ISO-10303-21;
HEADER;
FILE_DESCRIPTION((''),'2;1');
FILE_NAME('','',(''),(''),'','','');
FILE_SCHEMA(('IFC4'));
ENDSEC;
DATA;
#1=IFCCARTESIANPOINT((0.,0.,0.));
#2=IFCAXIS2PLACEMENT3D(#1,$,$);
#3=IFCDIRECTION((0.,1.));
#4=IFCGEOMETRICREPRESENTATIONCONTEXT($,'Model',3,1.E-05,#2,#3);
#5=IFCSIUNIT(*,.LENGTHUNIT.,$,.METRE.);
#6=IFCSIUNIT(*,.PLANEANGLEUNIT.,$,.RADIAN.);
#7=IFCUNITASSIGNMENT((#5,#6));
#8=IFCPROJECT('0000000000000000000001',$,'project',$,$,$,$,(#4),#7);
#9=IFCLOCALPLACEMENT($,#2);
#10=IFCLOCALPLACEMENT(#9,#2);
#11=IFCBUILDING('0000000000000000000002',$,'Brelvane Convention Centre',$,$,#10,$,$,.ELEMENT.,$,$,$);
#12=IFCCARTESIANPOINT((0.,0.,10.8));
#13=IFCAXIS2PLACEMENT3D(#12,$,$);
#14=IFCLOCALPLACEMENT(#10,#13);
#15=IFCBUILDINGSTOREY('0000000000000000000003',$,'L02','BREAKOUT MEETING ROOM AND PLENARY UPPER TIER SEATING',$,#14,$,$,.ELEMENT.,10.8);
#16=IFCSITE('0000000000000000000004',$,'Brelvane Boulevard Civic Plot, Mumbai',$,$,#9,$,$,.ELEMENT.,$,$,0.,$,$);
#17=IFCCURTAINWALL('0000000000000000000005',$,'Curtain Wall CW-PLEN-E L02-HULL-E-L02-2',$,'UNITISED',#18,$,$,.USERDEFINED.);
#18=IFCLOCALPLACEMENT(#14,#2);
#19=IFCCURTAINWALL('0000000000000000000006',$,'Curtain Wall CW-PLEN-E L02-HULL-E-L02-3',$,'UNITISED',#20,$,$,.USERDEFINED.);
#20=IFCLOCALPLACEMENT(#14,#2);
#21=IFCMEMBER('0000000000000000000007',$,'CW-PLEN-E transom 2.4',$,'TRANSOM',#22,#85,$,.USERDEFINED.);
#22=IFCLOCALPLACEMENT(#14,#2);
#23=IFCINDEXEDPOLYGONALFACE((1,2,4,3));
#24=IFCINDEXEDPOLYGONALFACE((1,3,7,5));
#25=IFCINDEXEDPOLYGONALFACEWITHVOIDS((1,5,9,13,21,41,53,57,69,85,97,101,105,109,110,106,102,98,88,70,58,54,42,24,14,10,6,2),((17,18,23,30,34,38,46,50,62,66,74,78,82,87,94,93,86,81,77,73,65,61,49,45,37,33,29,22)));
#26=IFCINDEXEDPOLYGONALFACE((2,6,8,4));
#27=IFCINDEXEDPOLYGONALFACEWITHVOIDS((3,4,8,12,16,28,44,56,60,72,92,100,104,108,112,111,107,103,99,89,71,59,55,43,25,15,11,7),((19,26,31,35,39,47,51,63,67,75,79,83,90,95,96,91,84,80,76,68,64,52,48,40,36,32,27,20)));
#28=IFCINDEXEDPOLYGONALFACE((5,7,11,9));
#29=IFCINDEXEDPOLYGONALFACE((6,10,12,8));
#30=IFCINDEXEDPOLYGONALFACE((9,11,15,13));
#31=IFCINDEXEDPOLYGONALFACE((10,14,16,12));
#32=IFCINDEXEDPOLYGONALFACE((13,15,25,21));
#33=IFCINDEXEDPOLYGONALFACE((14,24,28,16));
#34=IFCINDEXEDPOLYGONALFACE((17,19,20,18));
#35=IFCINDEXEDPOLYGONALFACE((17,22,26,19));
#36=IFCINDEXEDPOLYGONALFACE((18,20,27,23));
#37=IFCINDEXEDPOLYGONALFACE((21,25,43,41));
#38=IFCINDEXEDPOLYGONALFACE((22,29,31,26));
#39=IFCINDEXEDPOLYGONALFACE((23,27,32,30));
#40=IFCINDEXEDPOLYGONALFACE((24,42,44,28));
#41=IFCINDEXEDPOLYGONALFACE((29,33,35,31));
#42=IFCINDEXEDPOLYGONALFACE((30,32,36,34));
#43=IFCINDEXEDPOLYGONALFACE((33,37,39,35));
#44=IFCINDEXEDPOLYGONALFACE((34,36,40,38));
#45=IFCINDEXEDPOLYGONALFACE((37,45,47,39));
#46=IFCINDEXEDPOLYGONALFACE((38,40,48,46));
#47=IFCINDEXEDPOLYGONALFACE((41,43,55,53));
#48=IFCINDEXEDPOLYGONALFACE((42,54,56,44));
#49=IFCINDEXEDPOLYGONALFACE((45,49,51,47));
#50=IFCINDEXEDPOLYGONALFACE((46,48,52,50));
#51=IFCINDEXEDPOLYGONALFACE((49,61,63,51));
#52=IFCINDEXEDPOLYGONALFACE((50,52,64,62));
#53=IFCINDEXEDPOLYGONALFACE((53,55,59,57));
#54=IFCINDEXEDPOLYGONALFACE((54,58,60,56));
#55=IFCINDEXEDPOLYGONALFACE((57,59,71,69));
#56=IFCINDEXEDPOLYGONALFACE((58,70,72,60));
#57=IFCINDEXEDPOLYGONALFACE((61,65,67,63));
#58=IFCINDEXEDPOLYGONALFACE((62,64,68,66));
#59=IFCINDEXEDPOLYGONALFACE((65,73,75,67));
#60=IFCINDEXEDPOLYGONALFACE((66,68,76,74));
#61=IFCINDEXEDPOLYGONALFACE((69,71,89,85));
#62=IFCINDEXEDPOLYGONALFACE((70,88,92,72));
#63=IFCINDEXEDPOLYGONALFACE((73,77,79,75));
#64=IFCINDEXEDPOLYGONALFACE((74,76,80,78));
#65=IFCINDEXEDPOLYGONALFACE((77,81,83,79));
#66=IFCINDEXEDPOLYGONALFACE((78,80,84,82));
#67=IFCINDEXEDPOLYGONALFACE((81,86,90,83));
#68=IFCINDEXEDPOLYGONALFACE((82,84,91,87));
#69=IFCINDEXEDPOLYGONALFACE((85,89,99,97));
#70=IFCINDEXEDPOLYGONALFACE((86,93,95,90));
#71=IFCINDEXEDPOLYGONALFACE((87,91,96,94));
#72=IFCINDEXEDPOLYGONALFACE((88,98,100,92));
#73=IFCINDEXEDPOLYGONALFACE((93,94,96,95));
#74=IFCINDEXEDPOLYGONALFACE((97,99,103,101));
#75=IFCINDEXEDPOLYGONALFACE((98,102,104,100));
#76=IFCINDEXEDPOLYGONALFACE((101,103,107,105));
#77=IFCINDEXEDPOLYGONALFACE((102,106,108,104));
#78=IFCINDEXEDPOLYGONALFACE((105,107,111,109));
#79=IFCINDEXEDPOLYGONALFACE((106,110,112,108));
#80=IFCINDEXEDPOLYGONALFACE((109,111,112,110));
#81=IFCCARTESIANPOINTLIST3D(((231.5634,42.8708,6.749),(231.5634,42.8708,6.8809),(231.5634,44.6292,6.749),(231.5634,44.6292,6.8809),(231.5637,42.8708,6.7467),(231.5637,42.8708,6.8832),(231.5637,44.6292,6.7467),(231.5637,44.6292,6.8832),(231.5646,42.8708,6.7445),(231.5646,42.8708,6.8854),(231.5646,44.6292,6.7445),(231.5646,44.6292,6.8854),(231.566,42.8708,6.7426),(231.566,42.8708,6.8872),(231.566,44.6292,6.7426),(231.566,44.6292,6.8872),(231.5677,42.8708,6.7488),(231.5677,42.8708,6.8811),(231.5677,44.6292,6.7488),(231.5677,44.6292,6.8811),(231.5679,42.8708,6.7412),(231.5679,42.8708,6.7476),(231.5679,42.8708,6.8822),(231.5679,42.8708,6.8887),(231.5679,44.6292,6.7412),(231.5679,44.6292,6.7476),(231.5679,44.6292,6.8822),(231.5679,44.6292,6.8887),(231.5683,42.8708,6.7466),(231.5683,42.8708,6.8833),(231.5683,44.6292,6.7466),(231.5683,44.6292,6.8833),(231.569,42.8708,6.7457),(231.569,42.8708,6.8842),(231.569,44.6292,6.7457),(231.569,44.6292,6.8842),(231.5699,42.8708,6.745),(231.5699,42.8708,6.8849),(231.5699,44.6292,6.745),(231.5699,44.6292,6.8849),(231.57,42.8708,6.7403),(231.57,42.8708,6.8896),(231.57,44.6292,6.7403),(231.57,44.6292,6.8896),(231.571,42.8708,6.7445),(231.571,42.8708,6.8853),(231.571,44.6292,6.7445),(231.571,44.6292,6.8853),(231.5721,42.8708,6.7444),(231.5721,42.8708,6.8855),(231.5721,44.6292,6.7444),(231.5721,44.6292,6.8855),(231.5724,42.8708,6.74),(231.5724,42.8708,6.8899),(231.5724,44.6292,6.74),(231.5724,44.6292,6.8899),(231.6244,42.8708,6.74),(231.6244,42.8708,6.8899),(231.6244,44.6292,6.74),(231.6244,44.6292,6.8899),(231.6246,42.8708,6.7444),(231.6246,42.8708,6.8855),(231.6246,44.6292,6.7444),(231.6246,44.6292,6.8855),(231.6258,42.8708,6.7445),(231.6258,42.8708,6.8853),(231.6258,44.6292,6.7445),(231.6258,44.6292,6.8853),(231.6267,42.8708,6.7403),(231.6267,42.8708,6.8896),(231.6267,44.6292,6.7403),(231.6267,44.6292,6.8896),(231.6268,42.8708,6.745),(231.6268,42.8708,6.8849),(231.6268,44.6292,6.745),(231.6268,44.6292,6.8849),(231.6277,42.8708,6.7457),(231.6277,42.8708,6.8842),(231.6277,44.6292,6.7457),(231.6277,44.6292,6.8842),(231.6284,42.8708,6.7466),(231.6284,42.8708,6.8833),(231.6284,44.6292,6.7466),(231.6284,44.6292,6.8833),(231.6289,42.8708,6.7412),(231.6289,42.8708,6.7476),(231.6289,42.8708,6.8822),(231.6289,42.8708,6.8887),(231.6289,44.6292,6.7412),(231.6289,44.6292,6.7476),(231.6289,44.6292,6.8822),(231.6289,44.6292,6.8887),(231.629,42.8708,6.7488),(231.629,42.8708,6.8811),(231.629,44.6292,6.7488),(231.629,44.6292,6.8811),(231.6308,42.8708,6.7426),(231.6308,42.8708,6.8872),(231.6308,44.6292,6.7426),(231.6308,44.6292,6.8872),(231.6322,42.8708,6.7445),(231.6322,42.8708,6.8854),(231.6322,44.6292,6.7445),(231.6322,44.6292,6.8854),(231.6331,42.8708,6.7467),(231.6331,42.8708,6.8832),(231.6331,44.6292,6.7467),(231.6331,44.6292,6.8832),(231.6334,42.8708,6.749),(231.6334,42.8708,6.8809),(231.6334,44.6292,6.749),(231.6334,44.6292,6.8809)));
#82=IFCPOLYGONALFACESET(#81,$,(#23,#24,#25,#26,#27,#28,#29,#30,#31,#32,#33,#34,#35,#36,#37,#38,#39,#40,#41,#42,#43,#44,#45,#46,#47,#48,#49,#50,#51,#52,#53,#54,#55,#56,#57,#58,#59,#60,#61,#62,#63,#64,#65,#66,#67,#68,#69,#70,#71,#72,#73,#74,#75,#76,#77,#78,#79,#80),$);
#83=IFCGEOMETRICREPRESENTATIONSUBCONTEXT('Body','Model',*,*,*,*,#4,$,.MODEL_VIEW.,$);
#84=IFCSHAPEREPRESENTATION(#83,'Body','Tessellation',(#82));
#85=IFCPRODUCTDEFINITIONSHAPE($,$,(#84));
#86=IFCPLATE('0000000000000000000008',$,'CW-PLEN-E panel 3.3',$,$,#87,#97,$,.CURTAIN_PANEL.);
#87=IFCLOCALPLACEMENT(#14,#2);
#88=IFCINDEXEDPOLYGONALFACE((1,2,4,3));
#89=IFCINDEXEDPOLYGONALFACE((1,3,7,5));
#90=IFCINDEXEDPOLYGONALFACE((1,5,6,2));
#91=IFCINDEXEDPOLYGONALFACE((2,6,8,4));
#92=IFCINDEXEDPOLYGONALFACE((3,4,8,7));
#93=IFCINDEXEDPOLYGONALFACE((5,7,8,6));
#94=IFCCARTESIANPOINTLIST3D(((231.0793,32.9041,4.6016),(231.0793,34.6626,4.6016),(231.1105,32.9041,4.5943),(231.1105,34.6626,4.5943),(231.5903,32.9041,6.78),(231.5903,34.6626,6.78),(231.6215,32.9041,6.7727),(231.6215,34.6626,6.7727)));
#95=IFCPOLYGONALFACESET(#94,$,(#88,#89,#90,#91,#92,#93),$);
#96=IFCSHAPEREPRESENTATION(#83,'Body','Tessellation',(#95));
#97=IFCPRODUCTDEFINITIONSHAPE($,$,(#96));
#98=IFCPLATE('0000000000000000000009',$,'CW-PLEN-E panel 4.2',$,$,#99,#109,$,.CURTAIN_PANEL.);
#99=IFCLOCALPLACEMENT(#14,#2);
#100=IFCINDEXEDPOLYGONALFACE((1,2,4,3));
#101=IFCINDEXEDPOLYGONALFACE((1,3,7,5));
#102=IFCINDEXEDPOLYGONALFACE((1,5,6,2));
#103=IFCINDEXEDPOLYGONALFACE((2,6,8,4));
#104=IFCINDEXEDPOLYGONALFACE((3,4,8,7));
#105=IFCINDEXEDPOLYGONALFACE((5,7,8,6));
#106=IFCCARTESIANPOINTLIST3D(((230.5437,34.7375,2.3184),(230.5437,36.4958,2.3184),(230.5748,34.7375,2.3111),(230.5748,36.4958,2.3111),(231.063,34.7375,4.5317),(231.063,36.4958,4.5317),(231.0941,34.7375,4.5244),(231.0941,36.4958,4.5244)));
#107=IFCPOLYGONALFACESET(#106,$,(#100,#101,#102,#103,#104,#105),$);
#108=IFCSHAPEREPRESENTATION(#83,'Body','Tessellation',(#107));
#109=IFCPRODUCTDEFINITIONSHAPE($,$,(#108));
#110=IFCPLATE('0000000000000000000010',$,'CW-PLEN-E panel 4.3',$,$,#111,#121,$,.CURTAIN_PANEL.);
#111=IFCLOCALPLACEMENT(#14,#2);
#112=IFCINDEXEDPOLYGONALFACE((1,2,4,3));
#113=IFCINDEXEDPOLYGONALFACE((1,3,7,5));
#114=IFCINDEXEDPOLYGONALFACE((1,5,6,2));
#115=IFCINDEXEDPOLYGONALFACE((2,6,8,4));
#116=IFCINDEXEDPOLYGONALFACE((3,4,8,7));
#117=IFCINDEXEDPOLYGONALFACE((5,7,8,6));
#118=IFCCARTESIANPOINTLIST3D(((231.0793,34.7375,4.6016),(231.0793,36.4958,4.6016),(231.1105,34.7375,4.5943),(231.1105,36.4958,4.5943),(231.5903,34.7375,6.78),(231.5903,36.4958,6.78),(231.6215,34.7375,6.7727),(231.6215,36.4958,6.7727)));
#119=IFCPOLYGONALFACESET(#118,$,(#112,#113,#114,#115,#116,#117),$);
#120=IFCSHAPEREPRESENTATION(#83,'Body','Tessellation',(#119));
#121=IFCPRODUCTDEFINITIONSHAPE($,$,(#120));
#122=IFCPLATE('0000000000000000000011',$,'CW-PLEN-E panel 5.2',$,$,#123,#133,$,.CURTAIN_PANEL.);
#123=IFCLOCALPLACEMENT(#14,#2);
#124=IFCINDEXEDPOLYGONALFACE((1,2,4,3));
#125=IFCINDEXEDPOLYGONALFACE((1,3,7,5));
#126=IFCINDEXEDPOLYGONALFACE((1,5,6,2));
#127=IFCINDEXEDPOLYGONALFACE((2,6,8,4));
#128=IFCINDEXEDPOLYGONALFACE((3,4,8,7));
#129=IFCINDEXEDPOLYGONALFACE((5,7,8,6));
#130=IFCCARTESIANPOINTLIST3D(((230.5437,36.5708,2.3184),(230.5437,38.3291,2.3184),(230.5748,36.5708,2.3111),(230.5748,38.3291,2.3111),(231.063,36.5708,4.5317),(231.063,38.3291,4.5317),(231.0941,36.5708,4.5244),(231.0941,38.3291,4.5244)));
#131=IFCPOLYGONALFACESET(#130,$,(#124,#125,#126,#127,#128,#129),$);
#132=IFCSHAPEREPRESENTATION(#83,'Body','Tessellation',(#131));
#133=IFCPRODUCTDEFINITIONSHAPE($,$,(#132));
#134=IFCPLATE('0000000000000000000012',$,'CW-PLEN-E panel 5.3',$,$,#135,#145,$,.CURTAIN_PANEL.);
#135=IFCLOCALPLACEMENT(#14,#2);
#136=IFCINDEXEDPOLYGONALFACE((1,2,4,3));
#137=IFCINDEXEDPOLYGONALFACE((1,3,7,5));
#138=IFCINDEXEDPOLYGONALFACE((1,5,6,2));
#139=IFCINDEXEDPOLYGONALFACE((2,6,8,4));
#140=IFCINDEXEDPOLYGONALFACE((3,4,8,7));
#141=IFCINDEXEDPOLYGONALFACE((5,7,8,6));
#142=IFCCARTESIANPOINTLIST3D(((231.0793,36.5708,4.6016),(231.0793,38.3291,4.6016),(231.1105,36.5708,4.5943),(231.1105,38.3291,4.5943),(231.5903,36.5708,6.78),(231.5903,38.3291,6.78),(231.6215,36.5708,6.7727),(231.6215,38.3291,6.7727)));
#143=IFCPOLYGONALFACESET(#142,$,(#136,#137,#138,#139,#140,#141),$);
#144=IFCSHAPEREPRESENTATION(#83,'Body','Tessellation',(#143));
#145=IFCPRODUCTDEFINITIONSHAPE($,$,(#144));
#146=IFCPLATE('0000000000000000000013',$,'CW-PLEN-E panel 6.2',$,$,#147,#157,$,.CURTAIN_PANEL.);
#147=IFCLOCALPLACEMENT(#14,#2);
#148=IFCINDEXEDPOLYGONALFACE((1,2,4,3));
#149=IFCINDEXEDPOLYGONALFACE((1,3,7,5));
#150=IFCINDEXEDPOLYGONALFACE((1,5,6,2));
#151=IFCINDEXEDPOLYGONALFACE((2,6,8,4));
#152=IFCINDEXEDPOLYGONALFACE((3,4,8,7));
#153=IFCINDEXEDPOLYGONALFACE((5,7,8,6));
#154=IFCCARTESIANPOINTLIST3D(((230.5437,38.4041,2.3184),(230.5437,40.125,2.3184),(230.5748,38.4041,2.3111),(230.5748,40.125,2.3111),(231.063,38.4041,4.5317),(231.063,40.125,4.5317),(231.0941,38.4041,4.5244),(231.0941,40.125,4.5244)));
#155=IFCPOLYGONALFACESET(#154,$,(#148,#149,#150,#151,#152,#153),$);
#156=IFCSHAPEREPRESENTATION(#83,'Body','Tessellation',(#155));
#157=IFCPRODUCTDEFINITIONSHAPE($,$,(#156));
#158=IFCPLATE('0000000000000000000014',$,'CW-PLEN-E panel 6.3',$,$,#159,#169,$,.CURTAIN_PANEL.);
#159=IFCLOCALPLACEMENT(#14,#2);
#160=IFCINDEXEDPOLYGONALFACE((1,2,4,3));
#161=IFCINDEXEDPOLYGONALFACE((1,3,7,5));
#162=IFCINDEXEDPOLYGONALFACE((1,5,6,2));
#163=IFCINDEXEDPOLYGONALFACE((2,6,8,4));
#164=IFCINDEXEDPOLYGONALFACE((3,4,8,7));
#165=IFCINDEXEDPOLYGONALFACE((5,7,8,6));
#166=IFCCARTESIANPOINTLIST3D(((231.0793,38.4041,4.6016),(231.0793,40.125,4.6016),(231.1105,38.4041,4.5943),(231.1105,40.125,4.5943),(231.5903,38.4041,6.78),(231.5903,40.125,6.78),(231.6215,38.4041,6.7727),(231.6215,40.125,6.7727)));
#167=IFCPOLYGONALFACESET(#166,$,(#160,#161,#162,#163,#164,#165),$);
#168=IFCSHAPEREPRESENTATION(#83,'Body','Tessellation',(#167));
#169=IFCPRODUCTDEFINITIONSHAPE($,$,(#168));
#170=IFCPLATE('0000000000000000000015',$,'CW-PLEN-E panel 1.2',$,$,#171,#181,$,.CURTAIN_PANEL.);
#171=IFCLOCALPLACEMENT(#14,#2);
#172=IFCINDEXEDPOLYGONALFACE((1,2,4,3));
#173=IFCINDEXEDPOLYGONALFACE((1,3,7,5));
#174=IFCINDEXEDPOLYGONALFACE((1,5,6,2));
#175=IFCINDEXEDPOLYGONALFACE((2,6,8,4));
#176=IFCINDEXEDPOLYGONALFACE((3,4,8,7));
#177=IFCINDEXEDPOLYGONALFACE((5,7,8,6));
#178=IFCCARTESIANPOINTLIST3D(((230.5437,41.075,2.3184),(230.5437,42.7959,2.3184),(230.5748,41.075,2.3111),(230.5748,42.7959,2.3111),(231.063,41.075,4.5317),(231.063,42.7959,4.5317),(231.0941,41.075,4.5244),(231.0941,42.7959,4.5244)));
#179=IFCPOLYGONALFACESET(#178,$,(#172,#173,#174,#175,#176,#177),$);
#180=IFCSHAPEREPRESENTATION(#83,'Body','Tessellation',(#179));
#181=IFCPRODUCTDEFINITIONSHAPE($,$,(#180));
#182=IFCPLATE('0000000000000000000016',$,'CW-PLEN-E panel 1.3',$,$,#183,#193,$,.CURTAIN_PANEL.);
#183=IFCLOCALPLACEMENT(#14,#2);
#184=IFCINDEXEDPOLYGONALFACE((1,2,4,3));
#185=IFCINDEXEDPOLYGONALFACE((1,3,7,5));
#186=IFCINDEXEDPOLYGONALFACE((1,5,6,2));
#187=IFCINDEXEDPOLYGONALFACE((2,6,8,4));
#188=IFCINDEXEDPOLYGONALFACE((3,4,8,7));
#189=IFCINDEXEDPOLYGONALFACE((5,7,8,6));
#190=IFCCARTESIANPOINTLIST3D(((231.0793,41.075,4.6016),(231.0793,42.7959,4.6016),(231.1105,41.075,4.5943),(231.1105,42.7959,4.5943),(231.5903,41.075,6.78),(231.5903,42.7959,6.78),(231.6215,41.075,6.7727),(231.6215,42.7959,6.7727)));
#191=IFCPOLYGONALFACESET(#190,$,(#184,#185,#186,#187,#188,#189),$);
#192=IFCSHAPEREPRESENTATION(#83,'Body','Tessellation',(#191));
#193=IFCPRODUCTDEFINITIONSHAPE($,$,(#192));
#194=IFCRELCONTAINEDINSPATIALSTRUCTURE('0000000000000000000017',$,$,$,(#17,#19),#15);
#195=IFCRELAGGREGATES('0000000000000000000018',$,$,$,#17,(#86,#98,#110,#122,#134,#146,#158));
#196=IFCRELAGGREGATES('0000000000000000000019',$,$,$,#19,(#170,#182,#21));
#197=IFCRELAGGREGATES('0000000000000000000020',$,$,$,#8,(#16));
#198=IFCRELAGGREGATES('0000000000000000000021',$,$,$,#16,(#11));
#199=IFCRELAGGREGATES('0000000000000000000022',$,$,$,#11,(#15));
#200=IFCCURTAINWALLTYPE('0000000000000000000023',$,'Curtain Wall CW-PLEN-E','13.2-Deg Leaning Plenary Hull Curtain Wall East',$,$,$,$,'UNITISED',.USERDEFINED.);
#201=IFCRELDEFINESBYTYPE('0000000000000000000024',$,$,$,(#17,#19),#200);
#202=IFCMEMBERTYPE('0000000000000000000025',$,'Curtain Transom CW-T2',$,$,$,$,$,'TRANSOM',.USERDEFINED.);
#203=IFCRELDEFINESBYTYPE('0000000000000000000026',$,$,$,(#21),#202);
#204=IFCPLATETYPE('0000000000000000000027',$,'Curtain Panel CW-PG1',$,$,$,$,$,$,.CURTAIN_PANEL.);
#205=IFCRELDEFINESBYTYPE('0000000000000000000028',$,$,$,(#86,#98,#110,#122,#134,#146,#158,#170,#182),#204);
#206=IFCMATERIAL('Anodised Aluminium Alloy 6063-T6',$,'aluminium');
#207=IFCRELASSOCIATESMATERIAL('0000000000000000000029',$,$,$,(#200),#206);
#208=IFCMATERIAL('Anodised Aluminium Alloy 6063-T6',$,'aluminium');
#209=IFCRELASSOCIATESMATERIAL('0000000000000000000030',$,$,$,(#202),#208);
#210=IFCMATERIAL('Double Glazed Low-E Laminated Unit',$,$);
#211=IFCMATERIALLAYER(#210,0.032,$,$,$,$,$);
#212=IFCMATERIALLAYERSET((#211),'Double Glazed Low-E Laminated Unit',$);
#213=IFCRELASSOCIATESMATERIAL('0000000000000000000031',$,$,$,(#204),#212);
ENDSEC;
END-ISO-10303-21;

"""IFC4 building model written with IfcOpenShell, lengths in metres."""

from ifc_helpers import new_model, si_unit, direction, frame, origin, origin_2d, place, context, subcontext, project, spatial, polyline, hollow_rectangle, outline, extrude, material, layer, layer_set, material_profile, profile_set, type_object, element, aggregate, save


model = new_model("IFC4")

# Units and contexts
model_context = context("Model", 3, precision=1e-05, world=origin(), true_north=direction((0.0, 1.0)))
body_context = subcontext(model_context, "Body", "Model", "MODEL_VIEW")
ifc_project = project(units=[si_unit("LENGTHUNIT", "METRE"), si_unit("PLANEANGLEUNIT", "RADIAN")], contexts=[model_context])

# Site, building, storey
site_placement = place(None, origin())
site = spatial("IfcSite", under=ifc_project, at=site_placement, Name="Brelvane Boulevard Civic Plot, Mumbai", CompositionType="ELEMENT", RefElevation=0.0)
building_placement = place(site_placement, origin())
building = spatial("IfcBuilding", under=site, at=building_placement, Name="Brelvane Convention Centre", CompositionType="ELEMENT")
storey_placement = place(building_placement, frame((0.0, 0.0, 10.8)))
storey = spatial("IfcBuildingStorey", under=building, at=storey_placement, Name="L02", Description="BREAKOUT MEETING ROOM AND PLENARY UPPER TIER SEATING", CompositionType="ELEMENT", Elevation=10.8)

# Curtain walls, member
ifc_material_1 = material(Name="Anodised Aluminium Alloy 6063-T6", Category="aluminium")
curtain_wall_type = type_object("IfcCurtainWallType", Name="Curtain Wall CW-PLEN-E", Description="13.2-Deg Leaning Plenary Hull Curtain Wall East", ElementType="UNITISED", PredefinedType="USERDEFINED", material=ifc_material_1)
curtain_wall_1_placement = place(storey_placement, origin())
curtain_wall_1 = element("IfcCurtainWall", 1, at=curtain_wall_1_placement, inside=storey, type_object=curtain_wall_type, Name="Curtain Wall CW-PLEN-E L02-HULL-E-L02-2", ObjectType="UNITISED", PredefinedType="USERDEFINED")
ifc_material_2 = material(Name="Anodised Aluminium Alloy 6063-T6", Category="aluminium")
ifc_material_profile = material_profile(ifc_material_2, hollow_rectangle(XDim=0.0701, YDim=0.1499, WallThickness=0.0044, InnerFilletRadius=0.0044, OuterFilletRadius=0.009, at=origin_2d()), Name="ALU-T 150x70x4.5")
ifc_profile_set = profile_set([ifc_material_profile], Name="Anodised Aluminium Alloy 6063-T6")
member_type = type_object("IfcMemberType", Name="Curtain Transom CW-T2", ElementType="TRANSOM", PredefinedType="USERDEFINED", material=ifc_profile_set)
curtain_wall_2_placement = place(storey_placement, origin())
curtain_wall_2 = element("IfcCurtainWall", 2, at=curtain_wall_2_placement, inside=storey, type_object=curtain_wall_type, Name="Curtain Wall CW-PLEN-E L02-HULL-E-L02-3", ObjectType="UNITISED", PredefinedType="USERDEFINED")
member_1_placement = place(storey_placement, frame((231.5984, 42.8708, 6.8149), z_axis=(0.0, 1.0, 0.0), x_axis=(-1.0, 0.0, 0.0)))
member_1 = element("IfcMember", 3, at=member_1_placement, type_object=member_type, Name="CW-PLEN-E transom 2.4", ObjectType="TRANSOM", PredefinedType="USERDEFINED", context=body_context, shape_type="SweptSolid", body=[
    extrude(hollow_rectangle(XDim=0.0701, YDim=0.1499, WallThickness=0.0044, InnerFilletRadius=0.0044, OuterFilletRadius=0.009, at=origin_2d()), origin(), (0.0, 0.0, 1.0), 1.7583),
])

# Plates
ifc_material_3 = material(Name="Double Glazed Low-E Laminated Unit")
ifc_layer_1 = layer(ifc_material_3, 0.032)
ifc_layer_set_1 = layer_set([ifc_layer_1], Name="Double Glazed Low-E Laminated Unit")
plate_type_1 = type_object("IfcPlateType", Name="Curtain Panel CW-PG1", PredefinedType="CURTAIN_PANEL", material=ifc_layer_set_1)
plate_1_placement = place(storey_placement, frame((231.0793, 32.9041, 4.6016), z_axis=(-0.973576, 0.0, 0.228364), x_axis=(0.0, 1.0, 0.0)))
plate_1 = element("IfcPlate", 4, at=plate_1_placement, type_object=plate_type_1, Name="CW-PLEN-E panel 3.3", PredefinedType="CURTAIN_PANEL", context=body_context, shape_type="SweptSolid", body=[
    extrude(outline(polyline([(0.0, 0.0), (1.7585, 0.0), (1.7585, -2.2376), (0.0, -2.2376), (0.0, 0.0)])), origin(), (0.0, 0.0, -1.0), 0.032),
])
plate_2_placement = place(storey_placement, frame((230.5437, 34.7375, 2.3184), z_axis=(-0.973565, 0.0, 0.228411), x_axis=(0.0, 1.0, 0.0)))
plate_2 = element("IfcPlate", 5, at=plate_2_placement, type_object=plate_type_1, Name="CW-PLEN-E panel 4.2", PredefinedType="CURTAIN_PANEL", context=body_context, shape_type="SweptSolid", body=[
    extrude(outline(polyline([(0.0, 0.0), (1.7583, 0.0), (1.7583, -2.2735), (0.0, -2.2735), (0.0, 0.0)])), origin(), (0.0, 0.0, -1.0), 0.032),
])
plate_3_placement = place(storey_placement, frame((231.0793, 34.7375, 4.6016), z_axis=(-0.973576, 0.0, 0.228364), x_axis=(0.0, 1.0, 0.0)))
plate_3 = element("IfcPlate", 6, at=plate_3_placement, type_object=plate_type_1, Name="CW-PLEN-E panel 4.3", PredefinedType="CURTAIN_PANEL", context=body_context, shape_type="SweptSolid", body=[
    extrude(outline(polyline([(0.0, 0.0), (1.7583, 0.0), (1.7583, -2.2376), (0.0, -2.2376), (0.0, 0.0)])), origin(), (0.0, 0.0, -1.0), 0.032),
])
plate_4_placement = place(storey_placement, frame((230.5437, 36.5708, 2.3184), z_axis=(-0.973565, 0.0, 0.228411), x_axis=(0.0, 1.0, 0.0)))
plate_4 = element("IfcPlate", 7, at=plate_4_placement, type_object=plate_type_1, Name="CW-PLEN-E panel 5.2", PredefinedType="CURTAIN_PANEL", context=body_context, shape_type="SweptSolid", body=[
    extrude(outline(polyline([(0.0, 0.0), (1.7583, 0.0), (1.7583, -2.2735), (0.0, -2.2735), (0.0, 0.0)])), origin(), (0.0, 0.0, -1.0), 0.032),
])
plate_5_placement = place(storey_placement, frame((231.0793, 36.5708, 4.6016), z_axis=(-0.973576, 0.0, 0.228364), x_axis=(0.0, 1.0, 0.0)))
plate_5 = element("IfcPlate", 8, at=plate_5_placement, type_object=plate_type_1, Name="CW-PLEN-E panel 5.3", PredefinedType="CURTAIN_PANEL", context=body_context, shape_type="SweptSolid", body=[
    extrude(outline(polyline([(0.0, 0.0), (1.7583, 0.0), (1.7583, -2.2376), (0.0, -2.2376), (0.0, 0.0)])), origin(), (0.0, 0.0, -1.0), 0.032),
])
plate_6_placement = place(storey_placement, frame((230.5437, 38.4041, 2.3184), z_axis=(-0.973565, 0.0, 0.228411), x_axis=(0.0, 1.0, 0.0)))
plate_6 = element("IfcPlate", 9, at=plate_6_placement, type_object=plate_type_1, Name="CW-PLEN-E panel 6.2", PredefinedType="CURTAIN_PANEL", context=body_context, shape_type="SweptSolid", body=[
    extrude(outline(polyline([(0.0, 0.0), (1.7209, 0.0), (1.7209, -2.2735), (0.0, -2.2735), (0.0, 0.0)])), origin(), (0.0, 0.0, -1.0), 0.032),
])
plate_7_placement = place(storey_placement, frame((231.0793, 38.4041, 4.6016), z_axis=(-0.973576, 0.0, 0.228364), x_axis=(0.0, 1.0, 0.0)))
plate_7 = element("IfcPlate", 10, at=plate_7_placement, type_object=plate_type_1, Name="CW-PLEN-E panel 6.3", PredefinedType="CURTAIN_PANEL", context=body_context, shape_type="SweptSolid", body=[
    extrude(outline(polyline([(0.0, 0.0), (1.7209, 0.0), (1.7209, -2.2376), (0.0, -2.2376), (0.0, 0.0)])), origin(), (0.0, 0.0, -1.0), 0.032),
])
plate_8_placement = place(storey_placement, frame((230.5437, 41.075, 2.3184), z_axis=(-0.973565, 0.0, 0.228411), x_axis=(0.0, 1.0, 0.0)))
plate_8 = element("IfcPlate", 11, at=plate_8_placement, type_object=plate_type_1, Name="CW-PLEN-E panel 1.2", PredefinedType="CURTAIN_PANEL", context=body_context, shape_type="SweptSolid", body=[
    extrude(outline(polyline([(0.0, 0.0), (1.7209, 0.0), (1.7209, -2.2735), (0.0, -2.2735), (0.0, 0.0)])), origin(), (0.0, 0.0, -1.0), 0.032),
])
plate_9_placement = place(storey_placement, frame((231.0793, 41.075, 4.6016), z_axis=(-0.973576, 0.0, 0.228364), x_axis=(0.0, 1.0, 0.0)))
plate_9 = element("IfcPlate", 12, at=plate_9_placement, type_object=plate_type_1, Name="CW-PLEN-E panel 1.3", PredefinedType="CURTAIN_PANEL", context=body_context, shape_type="SweptSolid", body=[
    extrude(outline(polyline([(0.0, 0.0), (1.7209, 0.0), (1.7209, -2.2376), (0.0, -2.2376), (0.0, 0.0)])), origin(), (0.0, 0.0, -1.0), 0.032),
])
aggregate(curtain_wall_1, [plate_1, plate_2, plate_3, plate_4, plate_5, plate_6, plate_7])
aggregate(curtain_wall_2, [plate_8, plate_9, member_1])

save(model, "model.ifc")
